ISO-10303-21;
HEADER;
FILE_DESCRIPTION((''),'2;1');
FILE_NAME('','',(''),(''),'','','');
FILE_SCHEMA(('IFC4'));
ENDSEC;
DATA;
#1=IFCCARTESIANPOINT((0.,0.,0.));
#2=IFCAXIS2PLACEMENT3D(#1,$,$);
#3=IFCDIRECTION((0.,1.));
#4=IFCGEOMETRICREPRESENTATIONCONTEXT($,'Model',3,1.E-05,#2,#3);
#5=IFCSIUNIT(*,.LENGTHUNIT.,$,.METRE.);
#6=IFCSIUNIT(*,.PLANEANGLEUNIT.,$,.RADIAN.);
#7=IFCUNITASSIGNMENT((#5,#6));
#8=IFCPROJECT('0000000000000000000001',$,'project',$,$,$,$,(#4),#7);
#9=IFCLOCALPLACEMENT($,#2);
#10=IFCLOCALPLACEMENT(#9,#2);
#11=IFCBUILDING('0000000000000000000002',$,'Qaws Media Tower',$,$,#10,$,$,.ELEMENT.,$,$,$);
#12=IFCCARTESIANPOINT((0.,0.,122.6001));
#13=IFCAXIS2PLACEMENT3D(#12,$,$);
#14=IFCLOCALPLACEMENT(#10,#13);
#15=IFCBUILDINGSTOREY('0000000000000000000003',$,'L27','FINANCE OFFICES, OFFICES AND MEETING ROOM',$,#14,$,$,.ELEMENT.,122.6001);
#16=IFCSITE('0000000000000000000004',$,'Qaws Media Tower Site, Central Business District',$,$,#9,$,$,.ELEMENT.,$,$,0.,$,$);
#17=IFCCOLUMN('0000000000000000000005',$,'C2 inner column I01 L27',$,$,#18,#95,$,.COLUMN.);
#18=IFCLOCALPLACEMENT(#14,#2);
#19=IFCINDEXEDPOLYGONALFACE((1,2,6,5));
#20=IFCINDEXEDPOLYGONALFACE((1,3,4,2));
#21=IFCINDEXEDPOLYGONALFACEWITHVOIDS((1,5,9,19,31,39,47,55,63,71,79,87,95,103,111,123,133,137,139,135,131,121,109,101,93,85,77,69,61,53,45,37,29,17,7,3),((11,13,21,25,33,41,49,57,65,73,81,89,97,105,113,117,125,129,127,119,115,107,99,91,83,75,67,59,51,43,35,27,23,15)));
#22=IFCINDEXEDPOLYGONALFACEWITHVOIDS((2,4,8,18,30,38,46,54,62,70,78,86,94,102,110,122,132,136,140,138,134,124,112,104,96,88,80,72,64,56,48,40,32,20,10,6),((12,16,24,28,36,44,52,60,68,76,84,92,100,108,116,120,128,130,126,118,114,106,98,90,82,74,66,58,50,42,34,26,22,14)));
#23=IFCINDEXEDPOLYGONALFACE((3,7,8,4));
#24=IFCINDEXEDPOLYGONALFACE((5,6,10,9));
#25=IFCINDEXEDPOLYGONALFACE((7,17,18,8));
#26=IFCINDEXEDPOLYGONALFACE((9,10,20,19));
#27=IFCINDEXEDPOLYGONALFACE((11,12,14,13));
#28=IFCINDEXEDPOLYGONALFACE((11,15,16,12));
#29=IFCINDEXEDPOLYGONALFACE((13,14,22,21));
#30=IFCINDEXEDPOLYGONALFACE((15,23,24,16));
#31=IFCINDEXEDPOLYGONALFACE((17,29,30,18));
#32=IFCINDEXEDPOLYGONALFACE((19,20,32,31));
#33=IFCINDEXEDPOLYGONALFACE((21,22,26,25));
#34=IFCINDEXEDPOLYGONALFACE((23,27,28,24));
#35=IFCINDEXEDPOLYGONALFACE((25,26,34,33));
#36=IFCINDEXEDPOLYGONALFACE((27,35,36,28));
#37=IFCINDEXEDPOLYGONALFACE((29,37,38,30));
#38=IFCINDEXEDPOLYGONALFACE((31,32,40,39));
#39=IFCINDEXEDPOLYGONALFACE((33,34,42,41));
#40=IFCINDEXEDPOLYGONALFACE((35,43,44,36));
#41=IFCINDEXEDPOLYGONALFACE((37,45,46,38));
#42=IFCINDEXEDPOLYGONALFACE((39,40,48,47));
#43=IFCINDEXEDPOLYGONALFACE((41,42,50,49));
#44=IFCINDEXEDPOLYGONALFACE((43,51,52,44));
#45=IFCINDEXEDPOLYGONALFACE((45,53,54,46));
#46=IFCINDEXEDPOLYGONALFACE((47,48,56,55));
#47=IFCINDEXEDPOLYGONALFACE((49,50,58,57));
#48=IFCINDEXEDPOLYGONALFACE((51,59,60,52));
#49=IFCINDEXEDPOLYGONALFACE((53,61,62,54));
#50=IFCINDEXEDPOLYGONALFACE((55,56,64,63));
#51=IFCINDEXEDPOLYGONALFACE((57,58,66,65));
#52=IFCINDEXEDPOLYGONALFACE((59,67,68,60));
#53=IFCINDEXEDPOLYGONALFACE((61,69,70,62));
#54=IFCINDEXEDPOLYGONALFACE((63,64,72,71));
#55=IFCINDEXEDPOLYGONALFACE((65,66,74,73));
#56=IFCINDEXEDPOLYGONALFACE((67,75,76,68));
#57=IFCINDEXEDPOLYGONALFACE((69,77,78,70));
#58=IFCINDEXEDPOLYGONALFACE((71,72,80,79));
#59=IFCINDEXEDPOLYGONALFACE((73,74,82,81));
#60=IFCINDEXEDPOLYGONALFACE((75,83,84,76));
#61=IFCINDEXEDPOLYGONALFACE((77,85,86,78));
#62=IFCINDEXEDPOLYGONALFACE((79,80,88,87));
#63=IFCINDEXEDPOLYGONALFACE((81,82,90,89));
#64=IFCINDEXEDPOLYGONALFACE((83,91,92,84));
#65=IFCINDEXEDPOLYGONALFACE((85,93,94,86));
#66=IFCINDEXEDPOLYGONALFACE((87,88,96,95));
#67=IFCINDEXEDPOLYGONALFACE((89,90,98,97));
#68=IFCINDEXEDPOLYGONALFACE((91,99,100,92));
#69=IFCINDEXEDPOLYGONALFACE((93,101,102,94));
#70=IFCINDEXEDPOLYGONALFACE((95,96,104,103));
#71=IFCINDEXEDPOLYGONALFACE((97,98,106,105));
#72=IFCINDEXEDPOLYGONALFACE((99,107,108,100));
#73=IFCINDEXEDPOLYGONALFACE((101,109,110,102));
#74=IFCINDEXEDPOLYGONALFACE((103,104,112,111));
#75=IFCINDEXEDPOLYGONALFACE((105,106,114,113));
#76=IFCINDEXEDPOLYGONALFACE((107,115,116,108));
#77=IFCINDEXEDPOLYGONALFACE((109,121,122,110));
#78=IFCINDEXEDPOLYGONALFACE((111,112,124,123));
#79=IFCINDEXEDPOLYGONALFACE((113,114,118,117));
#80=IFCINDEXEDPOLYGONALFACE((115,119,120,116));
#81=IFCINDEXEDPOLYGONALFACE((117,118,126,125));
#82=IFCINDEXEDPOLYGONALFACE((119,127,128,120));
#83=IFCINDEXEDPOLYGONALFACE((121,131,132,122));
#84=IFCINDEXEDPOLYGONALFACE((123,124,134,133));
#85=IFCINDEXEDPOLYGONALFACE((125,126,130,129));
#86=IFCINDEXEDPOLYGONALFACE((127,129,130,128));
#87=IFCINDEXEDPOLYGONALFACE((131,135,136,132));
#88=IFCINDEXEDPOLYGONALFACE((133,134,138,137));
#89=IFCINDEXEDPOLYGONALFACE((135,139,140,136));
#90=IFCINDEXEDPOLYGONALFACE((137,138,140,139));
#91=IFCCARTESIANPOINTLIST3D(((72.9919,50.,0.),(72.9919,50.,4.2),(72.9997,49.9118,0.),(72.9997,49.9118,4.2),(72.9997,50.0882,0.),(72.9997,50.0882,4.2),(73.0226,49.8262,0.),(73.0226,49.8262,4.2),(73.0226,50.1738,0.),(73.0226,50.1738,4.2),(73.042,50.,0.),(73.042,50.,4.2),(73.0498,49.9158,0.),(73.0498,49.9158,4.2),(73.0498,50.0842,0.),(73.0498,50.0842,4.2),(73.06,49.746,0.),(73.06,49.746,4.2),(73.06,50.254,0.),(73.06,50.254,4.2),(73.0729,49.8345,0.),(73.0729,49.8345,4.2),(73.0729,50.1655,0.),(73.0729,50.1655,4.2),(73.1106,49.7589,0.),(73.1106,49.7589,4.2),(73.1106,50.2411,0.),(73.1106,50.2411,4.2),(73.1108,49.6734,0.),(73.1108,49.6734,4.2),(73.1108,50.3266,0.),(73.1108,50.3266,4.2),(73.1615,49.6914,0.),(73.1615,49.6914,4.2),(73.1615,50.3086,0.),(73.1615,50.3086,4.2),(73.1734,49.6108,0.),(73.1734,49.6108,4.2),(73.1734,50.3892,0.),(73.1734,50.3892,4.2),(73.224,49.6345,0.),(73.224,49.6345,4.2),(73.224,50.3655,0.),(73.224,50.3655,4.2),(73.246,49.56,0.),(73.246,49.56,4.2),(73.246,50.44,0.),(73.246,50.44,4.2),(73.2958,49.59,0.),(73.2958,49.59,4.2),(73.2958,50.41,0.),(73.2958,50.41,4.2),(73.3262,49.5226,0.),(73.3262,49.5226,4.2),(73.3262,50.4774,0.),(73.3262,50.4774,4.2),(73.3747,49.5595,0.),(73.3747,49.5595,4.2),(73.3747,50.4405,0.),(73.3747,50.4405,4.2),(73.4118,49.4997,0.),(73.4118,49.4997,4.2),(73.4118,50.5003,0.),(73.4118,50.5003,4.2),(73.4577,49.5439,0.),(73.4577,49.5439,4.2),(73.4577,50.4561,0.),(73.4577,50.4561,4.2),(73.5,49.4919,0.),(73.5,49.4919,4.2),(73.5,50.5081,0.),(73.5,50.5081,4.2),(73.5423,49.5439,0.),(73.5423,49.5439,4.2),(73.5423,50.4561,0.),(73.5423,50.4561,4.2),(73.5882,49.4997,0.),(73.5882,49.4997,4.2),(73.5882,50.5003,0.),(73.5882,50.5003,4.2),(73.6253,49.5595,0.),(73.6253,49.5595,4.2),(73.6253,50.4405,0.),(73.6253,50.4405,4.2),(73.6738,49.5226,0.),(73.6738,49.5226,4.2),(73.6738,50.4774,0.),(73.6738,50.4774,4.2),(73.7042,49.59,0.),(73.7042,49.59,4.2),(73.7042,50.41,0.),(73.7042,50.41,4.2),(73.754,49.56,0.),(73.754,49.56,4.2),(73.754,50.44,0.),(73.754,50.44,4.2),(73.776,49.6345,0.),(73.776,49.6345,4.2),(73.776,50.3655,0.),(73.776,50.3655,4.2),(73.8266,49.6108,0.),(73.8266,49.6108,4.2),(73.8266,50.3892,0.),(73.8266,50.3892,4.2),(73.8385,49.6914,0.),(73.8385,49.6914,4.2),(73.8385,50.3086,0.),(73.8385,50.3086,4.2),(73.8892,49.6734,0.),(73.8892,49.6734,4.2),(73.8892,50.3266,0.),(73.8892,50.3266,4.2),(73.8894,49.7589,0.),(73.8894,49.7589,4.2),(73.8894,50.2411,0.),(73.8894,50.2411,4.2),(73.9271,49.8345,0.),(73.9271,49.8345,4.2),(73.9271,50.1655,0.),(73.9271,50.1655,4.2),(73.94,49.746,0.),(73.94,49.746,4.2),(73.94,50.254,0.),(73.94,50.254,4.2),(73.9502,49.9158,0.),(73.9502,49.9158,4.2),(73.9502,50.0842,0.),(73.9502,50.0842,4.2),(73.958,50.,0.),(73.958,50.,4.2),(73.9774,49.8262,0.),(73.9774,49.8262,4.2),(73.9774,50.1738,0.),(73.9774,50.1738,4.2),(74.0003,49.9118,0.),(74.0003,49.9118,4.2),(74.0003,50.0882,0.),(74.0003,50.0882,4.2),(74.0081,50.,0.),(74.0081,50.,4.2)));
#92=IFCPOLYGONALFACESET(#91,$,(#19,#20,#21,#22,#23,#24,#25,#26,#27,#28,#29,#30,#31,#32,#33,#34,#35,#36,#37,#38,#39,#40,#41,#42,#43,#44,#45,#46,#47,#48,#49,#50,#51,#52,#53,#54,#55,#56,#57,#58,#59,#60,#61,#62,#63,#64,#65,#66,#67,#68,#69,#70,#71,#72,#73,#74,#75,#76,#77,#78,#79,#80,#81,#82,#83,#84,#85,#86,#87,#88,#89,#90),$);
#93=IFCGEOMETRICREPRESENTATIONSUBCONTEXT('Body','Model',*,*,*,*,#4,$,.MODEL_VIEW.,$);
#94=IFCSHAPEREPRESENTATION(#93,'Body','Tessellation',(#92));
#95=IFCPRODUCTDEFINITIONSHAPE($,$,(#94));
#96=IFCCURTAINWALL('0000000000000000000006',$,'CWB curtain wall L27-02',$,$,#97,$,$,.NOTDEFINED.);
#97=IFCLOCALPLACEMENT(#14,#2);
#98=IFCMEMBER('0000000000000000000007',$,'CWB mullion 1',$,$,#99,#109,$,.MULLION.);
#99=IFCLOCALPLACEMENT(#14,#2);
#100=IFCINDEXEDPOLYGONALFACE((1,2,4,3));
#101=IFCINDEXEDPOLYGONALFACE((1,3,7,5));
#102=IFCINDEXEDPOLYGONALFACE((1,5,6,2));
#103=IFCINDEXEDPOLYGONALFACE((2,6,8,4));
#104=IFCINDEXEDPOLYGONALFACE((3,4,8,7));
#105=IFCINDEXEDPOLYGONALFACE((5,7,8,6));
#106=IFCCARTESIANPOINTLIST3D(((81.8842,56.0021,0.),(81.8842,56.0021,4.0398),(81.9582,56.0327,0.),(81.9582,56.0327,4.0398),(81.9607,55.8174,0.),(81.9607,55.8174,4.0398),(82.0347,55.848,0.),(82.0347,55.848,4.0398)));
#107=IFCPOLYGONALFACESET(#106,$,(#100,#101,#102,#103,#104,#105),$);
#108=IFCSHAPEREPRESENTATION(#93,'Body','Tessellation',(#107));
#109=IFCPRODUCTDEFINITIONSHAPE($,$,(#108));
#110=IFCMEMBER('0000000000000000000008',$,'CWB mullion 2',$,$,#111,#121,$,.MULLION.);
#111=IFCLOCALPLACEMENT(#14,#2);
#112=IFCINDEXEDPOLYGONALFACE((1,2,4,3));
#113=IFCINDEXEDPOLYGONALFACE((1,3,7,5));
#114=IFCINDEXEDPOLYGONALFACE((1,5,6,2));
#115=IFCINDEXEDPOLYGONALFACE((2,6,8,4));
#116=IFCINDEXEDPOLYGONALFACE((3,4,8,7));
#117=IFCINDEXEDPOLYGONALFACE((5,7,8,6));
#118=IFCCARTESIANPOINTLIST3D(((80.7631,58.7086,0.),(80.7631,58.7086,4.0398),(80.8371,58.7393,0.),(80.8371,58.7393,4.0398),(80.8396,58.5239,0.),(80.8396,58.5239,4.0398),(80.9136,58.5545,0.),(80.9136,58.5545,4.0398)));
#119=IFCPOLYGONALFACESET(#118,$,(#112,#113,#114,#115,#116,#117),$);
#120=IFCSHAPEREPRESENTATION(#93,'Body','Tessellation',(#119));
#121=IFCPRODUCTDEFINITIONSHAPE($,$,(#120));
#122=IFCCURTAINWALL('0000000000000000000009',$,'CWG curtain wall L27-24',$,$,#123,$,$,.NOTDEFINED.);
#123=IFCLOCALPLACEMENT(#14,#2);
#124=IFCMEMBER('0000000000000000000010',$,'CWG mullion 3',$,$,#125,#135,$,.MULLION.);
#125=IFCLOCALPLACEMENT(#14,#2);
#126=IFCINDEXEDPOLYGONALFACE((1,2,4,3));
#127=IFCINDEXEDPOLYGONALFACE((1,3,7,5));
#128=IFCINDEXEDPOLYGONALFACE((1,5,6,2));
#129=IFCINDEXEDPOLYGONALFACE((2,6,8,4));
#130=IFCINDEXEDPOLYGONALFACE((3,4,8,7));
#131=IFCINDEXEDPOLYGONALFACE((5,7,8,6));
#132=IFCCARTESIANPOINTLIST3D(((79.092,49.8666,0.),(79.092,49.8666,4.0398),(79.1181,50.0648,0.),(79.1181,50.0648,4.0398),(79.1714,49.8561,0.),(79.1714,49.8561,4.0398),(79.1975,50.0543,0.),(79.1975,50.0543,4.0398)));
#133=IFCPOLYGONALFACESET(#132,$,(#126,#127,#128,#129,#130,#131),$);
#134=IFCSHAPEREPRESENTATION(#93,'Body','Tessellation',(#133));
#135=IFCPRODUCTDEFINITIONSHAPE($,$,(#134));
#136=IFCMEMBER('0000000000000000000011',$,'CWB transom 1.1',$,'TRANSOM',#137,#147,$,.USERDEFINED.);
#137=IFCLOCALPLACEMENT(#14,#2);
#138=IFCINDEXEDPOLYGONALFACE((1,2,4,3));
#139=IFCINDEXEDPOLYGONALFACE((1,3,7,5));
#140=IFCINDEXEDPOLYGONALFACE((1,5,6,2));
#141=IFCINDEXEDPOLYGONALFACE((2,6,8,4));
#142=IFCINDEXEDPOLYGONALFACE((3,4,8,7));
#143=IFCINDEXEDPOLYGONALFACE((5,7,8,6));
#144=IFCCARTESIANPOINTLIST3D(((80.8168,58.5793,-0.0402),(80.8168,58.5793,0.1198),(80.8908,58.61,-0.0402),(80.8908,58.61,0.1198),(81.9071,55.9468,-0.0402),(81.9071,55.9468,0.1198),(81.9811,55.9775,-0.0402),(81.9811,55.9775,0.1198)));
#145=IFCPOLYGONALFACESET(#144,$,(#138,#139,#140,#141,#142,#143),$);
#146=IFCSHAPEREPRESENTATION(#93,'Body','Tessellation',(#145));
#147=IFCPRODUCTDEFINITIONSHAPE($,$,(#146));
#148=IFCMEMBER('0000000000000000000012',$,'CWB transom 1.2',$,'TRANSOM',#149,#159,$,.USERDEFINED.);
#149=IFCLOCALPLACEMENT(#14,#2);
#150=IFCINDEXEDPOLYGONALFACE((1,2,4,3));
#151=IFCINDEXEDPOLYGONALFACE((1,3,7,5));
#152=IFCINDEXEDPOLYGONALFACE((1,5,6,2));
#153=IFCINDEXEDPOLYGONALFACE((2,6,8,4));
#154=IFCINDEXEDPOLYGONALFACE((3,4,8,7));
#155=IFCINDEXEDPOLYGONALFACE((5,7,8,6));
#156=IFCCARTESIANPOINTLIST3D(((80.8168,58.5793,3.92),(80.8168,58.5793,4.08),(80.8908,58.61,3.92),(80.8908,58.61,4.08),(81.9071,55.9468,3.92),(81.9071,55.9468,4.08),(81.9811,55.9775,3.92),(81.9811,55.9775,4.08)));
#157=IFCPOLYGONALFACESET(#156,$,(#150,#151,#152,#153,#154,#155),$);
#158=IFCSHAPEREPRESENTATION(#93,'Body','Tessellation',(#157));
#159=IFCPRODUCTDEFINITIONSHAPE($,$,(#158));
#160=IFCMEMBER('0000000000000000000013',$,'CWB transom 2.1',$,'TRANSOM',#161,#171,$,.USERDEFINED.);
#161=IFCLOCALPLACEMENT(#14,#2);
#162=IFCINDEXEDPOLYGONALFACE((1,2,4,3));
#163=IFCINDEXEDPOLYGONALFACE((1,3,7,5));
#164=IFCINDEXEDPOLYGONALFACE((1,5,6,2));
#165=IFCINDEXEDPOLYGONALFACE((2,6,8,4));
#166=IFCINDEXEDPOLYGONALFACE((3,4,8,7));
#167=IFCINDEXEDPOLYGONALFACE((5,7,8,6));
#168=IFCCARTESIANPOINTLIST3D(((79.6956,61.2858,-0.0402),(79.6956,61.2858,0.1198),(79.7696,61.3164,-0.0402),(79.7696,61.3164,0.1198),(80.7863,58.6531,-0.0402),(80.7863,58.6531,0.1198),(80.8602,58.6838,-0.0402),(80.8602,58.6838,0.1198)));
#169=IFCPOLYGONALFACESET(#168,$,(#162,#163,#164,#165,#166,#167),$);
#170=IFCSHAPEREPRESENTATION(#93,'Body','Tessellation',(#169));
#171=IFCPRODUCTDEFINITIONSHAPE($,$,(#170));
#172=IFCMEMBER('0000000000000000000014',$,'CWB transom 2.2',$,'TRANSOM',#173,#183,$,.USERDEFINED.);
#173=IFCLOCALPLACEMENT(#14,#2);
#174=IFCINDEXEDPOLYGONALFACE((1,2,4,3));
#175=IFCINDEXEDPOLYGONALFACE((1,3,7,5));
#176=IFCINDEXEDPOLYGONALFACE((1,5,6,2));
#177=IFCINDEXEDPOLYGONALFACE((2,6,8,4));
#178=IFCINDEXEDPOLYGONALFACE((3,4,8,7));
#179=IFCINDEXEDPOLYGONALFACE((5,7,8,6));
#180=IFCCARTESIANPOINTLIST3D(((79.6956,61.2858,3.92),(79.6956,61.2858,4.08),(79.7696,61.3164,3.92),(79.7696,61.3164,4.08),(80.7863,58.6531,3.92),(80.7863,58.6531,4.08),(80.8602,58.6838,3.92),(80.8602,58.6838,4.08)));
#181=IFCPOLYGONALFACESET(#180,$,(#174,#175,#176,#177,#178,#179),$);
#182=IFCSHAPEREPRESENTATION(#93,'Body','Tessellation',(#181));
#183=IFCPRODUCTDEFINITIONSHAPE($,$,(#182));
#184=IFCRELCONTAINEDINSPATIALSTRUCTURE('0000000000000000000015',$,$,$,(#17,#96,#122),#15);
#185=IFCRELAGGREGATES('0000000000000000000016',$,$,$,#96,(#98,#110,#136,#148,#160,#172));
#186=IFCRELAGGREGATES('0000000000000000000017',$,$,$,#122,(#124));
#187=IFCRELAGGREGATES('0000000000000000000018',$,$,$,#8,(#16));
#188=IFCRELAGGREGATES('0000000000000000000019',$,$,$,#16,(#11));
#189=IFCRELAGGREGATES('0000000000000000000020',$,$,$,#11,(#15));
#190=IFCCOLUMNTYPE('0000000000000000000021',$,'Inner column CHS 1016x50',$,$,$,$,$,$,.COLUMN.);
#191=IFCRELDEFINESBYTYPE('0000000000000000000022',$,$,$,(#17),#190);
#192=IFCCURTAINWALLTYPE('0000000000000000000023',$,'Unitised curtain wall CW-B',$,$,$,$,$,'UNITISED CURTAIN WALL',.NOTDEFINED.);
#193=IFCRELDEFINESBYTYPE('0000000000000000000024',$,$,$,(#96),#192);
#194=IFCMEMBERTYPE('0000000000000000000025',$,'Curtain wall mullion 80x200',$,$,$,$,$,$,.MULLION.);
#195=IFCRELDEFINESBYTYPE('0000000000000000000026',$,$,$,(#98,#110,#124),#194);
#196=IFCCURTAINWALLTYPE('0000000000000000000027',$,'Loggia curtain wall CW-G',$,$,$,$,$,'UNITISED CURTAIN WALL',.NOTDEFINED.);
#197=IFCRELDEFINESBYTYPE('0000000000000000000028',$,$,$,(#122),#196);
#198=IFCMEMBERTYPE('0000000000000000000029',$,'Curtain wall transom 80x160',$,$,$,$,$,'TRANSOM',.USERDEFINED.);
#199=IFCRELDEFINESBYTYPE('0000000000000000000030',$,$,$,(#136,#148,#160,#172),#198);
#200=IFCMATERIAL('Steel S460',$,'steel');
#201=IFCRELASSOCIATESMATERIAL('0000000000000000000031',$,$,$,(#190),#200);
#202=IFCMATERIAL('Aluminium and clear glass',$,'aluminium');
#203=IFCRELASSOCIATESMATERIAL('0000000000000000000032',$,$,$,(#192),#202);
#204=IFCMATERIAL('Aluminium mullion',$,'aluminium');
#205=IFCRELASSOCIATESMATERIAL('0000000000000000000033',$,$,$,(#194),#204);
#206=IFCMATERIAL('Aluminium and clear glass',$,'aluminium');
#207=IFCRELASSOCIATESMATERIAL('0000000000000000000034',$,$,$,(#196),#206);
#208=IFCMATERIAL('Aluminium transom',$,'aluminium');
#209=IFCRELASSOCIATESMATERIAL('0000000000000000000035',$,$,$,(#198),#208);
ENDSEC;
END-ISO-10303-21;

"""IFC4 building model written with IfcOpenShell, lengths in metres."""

from ifc_helpers import new_model, si_unit, direction, frame, origin, origin_2d, place, context, subcontext, project, spatial, rectangle, hollow_circle, extrude, material, material_profile, profile_set, type_object, element, aggregate, save


model = new_model("IFC4")

# Units and contexts
model_context = context("Model", 3, precision=1e-05, world=origin(), true_north=direction((0.0, 1.0)))
body_context = subcontext(model_context, "Body", "Model", "MODEL_VIEW")
ifc_project = project(units=[si_unit("LENGTHUNIT", "METRE"), si_unit("PLANEANGLEUNIT", "RADIAN")], contexts=[model_context])

# Site, building, storey
site_placement = place(None, origin())
site = spatial("IfcSite", under=ifc_project, at=site_placement, Name="Qaws Media Tower Site, Central Business District", CompositionType="ELEMENT", RefElevation=0.0)
building_placement = place(site_placement, origin())
building = spatial("IfcBuilding", under=site, at=building_placement, Name="Qaws Media Tower", CompositionType="ELEMENT")
storey_placement = place(building_placement, frame((0.0, 0.0, 122.6001)))
storey = spatial("IfcBuildingStorey", under=building, at=storey_placement, Name="L27", Description="FINANCE OFFICES, OFFICES AND MEETING ROOM", CompositionType="ELEMENT", Elevation=122.6001)

# Column
ifc_material_1 = material(Name="Steel S460", Category="steel")
ifc_material_profile_1 = material_profile(ifc_material_1, hollow_circle(Radius=0.5081, WallThickness=0.05, at=origin_2d()), Name="CHS 1016x50")
ifc_profile_set_1 = profile_set([ifc_material_profile_1], Name="Steel S460")
column_type = type_object("IfcColumnType", Name="Inner column CHS 1016x50", PredefinedType="COLUMN", material=ifc_profile_set_1)
column_placement = place(storey_placement, frame((73.5, 50.0, 0.0), z_axis=(0.0, 0.0, 1.0), x_axis=(1.0, 0.0, 0.0)))
element("IfcColumn", 1, at=column_placement, inside=storey, type_object=column_type, Name="C2 inner column I01 L27", PredefinedType="COLUMN", context=body_context, shape_type="SweptSolid", body=[
    extrude(hollow_circle(Radius=0.5081, WallThickness=0.05, at=origin_2d()), origin(), (0.0, 0.0, 1.0), 4.2),
])

# Curtain wall, members
ifc_material_2 = material(Name="Aluminium and clear glass", Category="aluminium")
curtain_wall_type_1 = type_object("IfcCurtainWallType", Name="Unitised curtain wall CW-B", ElementType="UNITISED CURTAIN WALL", PredefinedType="NOTDEFINED", material=ifc_material_2)
curtain_wall_1_placement = place(storey_placement, origin())
curtain_wall_1 = element("IfcCurtainWall", 2, at=curtain_wall_1_placement, inside=storey, type_object=curtain_wall_type_1, Name="CWB curtain wall L27-02", PredefinedType="NOTDEFINED")
ifc_material_3 = material(Name="Aluminium mullion", Category="aluminium")
ifc_material_profile_2 = material_profile(ifc_material_3, rectangle(XDim=0.0801, YDim=0.2, at=origin_2d()), Name="80x200")
ifc_profile_set_2 = profile_set([ifc_material_profile_2], Name="Aluminium mullion")
member_type_1 = type_object("IfcMemberType", Name="Curtain wall mullion 80x200", PredefinedType="MULLION", material=ifc_profile_set_2)
member_1_placement = place(storey_placement, frame((81.9595, 55.925, 0.0), z_axis=(0.0, 0.0, 1.0), x_axis=(-0.92388, -0.382683, 0.0)))
member_1 = element("IfcMember", 3, at=member_1_placement, type_object=member_type_1, Name="CWB mullion 1", PredefinedType="MULLION", context=body_context, shape_type="SweptSolid", body=[
    extrude(rectangle(XDim=0.0801, YDim=0.2, at=origin_2d()), origin(), (0.0, 0.0, 1.0), 4.0398),
])
member_2_placement = place(storey_placement, frame((80.8384, 58.6316, 0.0), z_axis=(0.0, 0.0, 1.0), x_axis=(-0.92388, -0.382683, 0.0)))
member_2 = element("IfcMember", 4, at=member_2_placement, type_object=member_type_1, Name="CWB mullion 2", PredefinedType="MULLION", context=body_context, shape_type="SweptSolid", body=[
    extrude(rectangle(XDim=0.0801, YDim=0.2, at=origin_2d()), origin(), (0.0, 0.0, 1.0), 4.0398),
])

# Curtain wall, member
ifc_material_4 = material(Name="Aluminium and clear glass", Category="aluminium")
curtain_wall_type_2 = type_object("IfcCurtainWallType", Name="Loggia curtain wall CW-G", ElementType="UNITISED CURTAIN WALL", PredefinedType="NOTDEFINED", material=ifc_material_4)
curtain_wall_2_placement = place(storey_placement, origin())
curtain_wall_2 = element("IfcCurtainWall", 5, at=curtain_wall_2_placement, inside=storey, type_object=curtain_wall_type_2, Name="CWG curtain wall L27-24", PredefinedType="NOTDEFINED")
member_3_placement = place(storey_placement, frame((79.1448, 49.9604, 0.0), z_axis=(0.0, 0.0, 1.0), x_axis=(-0.991445, 0.130526, 0.0)))
member_3 = element("IfcMember", 6, at=member_3_placement, type_object=member_type_1, Name="CWG mullion 3", PredefinedType="MULLION", context=body_context, shape_type="SweptSolid", body=[
    extrude(rectangle(XDim=0.0801, YDim=0.2, at=origin_2d()), origin(), (0.0, 0.0, 1.0), 4.0398),
])

# Members
ifc_material_5 = material(Name="Aluminium transom", Category="aluminium")
ifc_material_profile_3 = material_profile(ifc_material_5, rectangle(XDim=0.0801, YDim=0.1599, at=origin_2d()), Name="80x160")
ifc_profile_set_3 = profile_set([ifc_material_profile_3], Name="Aluminium transom")
member_type_2 = type_object("IfcMemberType", Name="Curtain wall transom 80x160", ElementType="TRANSOM", PredefinedType="USERDEFINED", material=ifc_profile_set_3)
member_4_placement = place(storey_placement, frame((81.9441, 55.9622, 0.0398), z_axis=(-0.382649, 0.923894, 0.0), x_axis=(-0.923894, -0.382649, 0.0)))
member_4 = element("IfcMember", 7, at=member_4_placement, type_object=member_type_2, Name="CWB transom 1.1", ObjectType="TRANSOM", PredefinedType="USERDEFINED", context=body_context, shape_type="SweptSolid", body=[
    extrude(rectangle(XDim=0.0801, YDim=0.1599, at=origin_2d()), origin(), (0.0, 0.0, 1.0), 2.8494),
])
member_5_placement = place(storey_placement, frame((81.9441, 55.9622, 4.0), z_axis=(-0.382649, 0.923894, 0.0), x_axis=(-0.923894, -0.382649, 0.0)))
member_5 = element("IfcMember", 8, at=member_5_placement, type_object=member_type_2, Name="CWB transom 1.2", ObjectType="TRANSOM", PredefinedType="USERDEFINED", context=body_context, shape_type="SweptSolid", body=[
    extrude(rectangle(XDim=0.0801, YDim=0.1599, at=origin_2d()), origin(), (0.0, 0.0, 1.0), 2.8494),
])
member_6_placement = place(storey_placement, frame((80.8232, 58.6685, 0.0398), z_axis=(-0.382723, 0.923863, 0.0), x_axis=(-0.923863, -0.382723, 0.0)))
member_6 = element("IfcMember", 9, at=member_6_placement, type_object=member_type_2, Name="CWB transom 2.1", ObjectType="TRANSOM", PredefinedType="USERDEFINED", context=body_context, shape_type="SweptSolid", body=[
    extrude(rectangle(XDim=0.0801, YDim=0.1599, at=origin_2d()), origin(), (0.0, 0.0, 1.0), 2.8496),
])
member_7_placement = place(storey_placement, frame((80.8232, 58.6685, 4.0), z_axis=(-0.382723, 0.923863, 0.0), x_axis=(-0.923863, -0.382723, 0.0)))
member_7 = element("IfcMember", 10, at=member_7_placement, type_object=member_type_2, Name="CWB transom 2.2", ObjectType="TRANSOM", PredefinedType="USERDEFINED", context=body_context, shape_type="SweptSolid", body=[
    extrude(rectangle(XDim=0.0801, YDim=0.1599, at=origin_2d()), origin(), (0.0, 0.0, 1.0), 2.8496),
])

aggregate(curtain_wall_1, [member_1, member_2, member_4, member_5, member_6, member_7])
aggregate(curtain_wall_2, [member_3])

save(model, "model.ifc")
